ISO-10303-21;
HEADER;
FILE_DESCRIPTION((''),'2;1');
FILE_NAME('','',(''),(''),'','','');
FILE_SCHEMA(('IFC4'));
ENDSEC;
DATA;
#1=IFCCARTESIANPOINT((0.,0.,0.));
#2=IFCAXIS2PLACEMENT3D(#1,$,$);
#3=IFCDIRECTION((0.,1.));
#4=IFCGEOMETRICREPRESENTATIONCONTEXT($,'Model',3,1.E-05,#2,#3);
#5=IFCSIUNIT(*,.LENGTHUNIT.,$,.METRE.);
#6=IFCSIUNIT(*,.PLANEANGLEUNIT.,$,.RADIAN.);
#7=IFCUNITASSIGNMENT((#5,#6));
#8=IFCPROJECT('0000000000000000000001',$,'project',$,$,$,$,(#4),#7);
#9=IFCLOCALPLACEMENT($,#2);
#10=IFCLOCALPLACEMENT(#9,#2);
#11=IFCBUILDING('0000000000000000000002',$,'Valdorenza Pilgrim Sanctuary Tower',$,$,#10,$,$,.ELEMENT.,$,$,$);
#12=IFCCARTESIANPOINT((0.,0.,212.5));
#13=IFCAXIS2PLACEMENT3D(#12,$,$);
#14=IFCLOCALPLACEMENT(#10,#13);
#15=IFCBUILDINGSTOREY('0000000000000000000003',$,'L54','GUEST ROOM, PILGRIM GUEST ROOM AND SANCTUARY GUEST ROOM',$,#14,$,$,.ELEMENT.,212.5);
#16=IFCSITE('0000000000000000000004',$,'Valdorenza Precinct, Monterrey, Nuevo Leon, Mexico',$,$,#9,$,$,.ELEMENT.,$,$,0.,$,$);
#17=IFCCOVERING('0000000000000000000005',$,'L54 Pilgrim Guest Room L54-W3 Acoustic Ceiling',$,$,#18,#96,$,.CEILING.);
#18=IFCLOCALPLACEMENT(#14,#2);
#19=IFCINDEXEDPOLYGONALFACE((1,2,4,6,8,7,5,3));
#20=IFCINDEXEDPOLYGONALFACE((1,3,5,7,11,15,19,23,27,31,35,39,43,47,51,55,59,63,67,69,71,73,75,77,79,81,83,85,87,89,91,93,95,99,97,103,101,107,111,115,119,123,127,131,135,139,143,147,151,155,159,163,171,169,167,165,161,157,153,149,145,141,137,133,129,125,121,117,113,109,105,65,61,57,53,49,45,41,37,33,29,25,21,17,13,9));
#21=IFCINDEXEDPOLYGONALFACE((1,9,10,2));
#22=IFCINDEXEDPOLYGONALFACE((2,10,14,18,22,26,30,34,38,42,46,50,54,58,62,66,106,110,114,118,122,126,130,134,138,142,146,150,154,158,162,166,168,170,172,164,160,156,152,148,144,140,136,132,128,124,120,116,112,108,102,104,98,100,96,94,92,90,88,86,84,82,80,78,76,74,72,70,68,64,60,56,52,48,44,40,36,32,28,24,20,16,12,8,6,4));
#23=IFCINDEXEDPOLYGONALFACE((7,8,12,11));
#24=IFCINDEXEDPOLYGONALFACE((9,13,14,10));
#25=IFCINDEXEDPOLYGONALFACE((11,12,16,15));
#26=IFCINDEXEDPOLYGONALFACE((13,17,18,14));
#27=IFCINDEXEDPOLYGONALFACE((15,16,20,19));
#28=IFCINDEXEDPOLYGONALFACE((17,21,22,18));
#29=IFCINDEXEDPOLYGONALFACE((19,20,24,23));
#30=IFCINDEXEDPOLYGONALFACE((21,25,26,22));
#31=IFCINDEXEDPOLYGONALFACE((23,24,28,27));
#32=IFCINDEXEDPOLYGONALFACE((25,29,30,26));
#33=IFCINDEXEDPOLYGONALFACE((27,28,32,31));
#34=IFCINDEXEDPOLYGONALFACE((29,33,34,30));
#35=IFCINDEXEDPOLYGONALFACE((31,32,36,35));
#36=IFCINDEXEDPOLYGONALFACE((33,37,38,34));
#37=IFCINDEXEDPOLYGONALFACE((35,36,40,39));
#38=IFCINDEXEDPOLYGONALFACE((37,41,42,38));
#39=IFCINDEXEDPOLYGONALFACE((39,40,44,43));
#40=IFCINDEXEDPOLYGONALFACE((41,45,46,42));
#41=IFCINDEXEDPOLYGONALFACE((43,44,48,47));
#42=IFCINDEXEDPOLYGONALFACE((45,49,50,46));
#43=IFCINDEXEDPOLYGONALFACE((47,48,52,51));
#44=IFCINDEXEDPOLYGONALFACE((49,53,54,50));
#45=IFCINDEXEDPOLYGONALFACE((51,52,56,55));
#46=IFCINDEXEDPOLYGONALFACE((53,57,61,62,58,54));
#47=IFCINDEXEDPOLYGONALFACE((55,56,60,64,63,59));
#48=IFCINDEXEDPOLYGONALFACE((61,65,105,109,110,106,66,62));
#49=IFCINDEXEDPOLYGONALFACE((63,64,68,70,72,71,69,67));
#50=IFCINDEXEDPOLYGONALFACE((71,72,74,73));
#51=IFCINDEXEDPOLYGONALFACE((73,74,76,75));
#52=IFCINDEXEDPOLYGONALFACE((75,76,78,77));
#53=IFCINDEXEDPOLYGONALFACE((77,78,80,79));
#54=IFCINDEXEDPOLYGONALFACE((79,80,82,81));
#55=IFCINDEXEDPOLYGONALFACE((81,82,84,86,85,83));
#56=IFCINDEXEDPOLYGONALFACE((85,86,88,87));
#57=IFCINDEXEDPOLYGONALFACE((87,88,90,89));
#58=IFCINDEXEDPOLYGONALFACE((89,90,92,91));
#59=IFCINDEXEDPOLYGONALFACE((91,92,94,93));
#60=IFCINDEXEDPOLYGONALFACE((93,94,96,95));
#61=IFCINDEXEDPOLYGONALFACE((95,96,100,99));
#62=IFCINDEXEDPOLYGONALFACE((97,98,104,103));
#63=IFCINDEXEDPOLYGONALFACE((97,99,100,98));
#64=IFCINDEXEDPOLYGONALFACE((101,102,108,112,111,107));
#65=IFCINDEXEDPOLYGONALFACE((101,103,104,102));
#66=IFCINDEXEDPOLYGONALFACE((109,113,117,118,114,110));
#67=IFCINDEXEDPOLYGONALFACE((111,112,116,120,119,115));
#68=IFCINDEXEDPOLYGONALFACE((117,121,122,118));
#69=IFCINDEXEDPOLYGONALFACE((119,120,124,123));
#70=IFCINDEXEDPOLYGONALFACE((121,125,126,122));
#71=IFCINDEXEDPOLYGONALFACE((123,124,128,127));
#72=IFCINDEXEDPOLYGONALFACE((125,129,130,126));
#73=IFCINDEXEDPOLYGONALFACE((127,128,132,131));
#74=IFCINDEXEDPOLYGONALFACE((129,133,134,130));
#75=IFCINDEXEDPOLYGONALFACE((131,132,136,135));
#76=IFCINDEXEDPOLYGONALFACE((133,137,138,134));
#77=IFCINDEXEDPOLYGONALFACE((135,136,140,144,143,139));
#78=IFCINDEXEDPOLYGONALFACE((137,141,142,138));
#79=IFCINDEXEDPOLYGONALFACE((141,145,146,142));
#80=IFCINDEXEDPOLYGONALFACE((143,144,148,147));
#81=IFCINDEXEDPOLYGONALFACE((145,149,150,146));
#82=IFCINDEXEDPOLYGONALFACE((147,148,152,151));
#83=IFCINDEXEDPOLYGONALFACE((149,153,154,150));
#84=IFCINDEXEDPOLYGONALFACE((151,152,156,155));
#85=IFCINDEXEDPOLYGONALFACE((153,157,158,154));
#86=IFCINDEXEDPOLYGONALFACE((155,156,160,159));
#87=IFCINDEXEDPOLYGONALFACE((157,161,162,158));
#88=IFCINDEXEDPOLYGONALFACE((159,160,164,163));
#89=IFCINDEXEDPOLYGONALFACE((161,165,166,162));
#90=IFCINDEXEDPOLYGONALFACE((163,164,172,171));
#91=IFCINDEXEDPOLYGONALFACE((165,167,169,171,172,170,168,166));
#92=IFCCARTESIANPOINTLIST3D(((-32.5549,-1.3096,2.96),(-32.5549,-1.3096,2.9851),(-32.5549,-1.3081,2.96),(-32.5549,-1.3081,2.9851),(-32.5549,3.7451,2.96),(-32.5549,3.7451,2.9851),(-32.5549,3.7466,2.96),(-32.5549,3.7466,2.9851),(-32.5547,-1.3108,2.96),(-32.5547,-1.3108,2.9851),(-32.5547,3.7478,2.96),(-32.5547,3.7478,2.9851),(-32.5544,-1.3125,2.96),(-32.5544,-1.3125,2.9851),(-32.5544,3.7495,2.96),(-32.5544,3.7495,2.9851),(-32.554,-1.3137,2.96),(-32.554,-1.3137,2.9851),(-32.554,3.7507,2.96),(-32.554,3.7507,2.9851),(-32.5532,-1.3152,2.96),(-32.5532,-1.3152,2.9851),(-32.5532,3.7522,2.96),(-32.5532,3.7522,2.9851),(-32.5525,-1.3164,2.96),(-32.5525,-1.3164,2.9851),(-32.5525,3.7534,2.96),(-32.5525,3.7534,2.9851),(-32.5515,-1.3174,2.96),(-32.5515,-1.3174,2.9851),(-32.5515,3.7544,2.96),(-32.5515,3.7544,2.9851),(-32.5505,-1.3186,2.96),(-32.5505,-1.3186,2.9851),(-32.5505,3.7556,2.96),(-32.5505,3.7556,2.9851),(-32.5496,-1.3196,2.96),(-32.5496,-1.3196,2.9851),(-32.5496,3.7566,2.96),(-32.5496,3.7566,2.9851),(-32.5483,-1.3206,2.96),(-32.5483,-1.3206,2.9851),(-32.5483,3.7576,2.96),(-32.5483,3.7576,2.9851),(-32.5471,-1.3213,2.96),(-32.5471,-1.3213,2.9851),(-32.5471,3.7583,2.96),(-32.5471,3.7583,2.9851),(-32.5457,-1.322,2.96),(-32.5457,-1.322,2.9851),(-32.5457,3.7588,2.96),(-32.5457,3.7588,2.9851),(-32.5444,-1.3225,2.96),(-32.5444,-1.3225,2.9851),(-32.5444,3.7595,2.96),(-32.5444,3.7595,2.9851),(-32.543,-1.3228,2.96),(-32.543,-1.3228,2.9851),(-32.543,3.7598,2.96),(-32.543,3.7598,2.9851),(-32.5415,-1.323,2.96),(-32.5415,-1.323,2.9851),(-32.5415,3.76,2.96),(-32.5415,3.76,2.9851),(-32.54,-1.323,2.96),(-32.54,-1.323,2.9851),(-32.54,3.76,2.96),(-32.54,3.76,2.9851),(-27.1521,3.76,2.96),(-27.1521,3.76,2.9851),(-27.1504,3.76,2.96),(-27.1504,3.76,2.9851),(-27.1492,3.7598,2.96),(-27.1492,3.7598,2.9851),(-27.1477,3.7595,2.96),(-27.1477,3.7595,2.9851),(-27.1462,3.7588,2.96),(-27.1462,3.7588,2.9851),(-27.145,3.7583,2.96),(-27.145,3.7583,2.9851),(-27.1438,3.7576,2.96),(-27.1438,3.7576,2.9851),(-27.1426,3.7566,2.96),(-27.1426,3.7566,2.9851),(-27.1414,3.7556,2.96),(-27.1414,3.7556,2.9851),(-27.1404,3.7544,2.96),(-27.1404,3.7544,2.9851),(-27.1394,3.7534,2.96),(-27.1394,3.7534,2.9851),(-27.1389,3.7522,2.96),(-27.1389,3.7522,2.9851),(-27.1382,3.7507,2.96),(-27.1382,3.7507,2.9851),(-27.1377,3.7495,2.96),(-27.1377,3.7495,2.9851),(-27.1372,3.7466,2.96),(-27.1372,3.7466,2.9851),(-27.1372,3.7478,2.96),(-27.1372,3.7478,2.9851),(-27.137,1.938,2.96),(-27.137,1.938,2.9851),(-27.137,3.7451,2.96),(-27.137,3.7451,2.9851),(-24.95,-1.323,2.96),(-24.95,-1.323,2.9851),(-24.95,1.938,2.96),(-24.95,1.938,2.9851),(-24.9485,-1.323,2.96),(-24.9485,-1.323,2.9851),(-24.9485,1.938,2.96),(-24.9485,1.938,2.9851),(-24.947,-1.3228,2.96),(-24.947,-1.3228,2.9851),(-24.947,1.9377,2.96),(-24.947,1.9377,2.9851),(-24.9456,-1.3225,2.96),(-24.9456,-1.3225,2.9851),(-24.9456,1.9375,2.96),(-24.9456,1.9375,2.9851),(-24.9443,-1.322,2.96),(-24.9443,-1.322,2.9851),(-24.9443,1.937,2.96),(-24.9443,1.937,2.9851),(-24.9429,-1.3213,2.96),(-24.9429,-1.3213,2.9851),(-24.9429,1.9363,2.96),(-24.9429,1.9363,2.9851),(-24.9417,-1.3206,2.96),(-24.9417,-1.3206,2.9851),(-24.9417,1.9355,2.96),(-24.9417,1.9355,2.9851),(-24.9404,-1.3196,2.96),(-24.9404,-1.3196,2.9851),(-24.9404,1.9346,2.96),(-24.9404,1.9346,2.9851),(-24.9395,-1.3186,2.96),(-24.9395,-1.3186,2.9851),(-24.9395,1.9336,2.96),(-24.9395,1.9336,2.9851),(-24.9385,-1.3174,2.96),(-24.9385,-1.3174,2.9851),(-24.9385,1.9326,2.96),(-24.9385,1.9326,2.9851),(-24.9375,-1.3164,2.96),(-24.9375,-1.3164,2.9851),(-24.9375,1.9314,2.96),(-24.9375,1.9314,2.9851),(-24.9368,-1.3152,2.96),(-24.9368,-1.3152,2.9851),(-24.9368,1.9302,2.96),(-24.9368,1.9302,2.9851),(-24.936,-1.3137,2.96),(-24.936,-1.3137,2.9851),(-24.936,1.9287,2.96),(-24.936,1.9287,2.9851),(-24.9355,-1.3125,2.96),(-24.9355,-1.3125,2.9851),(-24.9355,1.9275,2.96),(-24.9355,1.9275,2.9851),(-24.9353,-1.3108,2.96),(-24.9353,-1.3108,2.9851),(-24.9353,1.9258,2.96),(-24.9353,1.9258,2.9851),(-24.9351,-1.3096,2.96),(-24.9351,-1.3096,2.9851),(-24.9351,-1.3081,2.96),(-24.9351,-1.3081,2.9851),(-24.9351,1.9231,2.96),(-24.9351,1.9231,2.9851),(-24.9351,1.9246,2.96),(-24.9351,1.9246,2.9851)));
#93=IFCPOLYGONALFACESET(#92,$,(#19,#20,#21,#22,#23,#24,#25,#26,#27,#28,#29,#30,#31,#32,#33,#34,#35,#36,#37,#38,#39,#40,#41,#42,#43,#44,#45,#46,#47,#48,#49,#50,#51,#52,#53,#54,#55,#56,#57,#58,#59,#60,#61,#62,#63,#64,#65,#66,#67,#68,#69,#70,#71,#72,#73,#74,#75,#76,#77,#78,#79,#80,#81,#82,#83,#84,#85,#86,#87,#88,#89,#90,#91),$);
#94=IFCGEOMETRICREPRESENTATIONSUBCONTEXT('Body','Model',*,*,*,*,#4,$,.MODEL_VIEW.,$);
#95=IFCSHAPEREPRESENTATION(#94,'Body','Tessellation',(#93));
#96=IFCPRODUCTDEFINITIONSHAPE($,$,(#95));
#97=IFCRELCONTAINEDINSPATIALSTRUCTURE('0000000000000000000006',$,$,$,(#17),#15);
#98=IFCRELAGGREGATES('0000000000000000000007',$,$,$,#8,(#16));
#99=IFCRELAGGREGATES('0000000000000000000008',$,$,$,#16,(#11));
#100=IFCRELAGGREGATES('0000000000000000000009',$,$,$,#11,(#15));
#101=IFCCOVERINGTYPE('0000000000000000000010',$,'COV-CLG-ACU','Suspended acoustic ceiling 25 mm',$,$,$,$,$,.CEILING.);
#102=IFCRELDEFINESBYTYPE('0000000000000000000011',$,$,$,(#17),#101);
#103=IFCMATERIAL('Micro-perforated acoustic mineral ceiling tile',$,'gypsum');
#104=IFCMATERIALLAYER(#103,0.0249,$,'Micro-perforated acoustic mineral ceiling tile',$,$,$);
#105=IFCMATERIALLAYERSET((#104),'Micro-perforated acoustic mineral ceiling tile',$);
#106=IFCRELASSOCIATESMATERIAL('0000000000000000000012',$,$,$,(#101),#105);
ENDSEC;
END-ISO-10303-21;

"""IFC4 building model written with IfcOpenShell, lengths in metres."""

from ifc_helpers import new_model, si_unit, direction, frame, origin, place, context, subcontext, project, spatial, polyline, outline, extrude, material, layer, layer_set, type_object, element, save


model = new_model("IFC4")

# Units and contexts
model_context = context("Model", 3, precision=1e-05, world=origin(), true_north=direction((0.0, 1.0)))
body_context = subcontext(model_context, "Body", "Model", "MODEL_VIEW")
ifc_project = project(units=[si_unit("LENGTHUNIT", "METRE"), si_unit("PLANEANGLEUNIT", "RADIAN")], contexts=[model_context])

# Site, building, storey
site_placement = place(None, origin())
site = spatial("IfcSite", under=ifc_project, at=site_placement, Name="Valdorenza Precinct, Monterrey, Nuevo Leon, Mexico", CompositionType="ELEMENT", RefElevation=0.0)
building_placement = place(site_placement, origin())
building = spatial("IfcBuilding", under=site, at=building_placement, Name="Valdorenza Pilgrim Sanctuary Tower", CompositionType="ELEMENT")
storey_placement = place(building_placement, frame((0.0, 0.0, 212.5)))
storey = spatial("IfcBuildingStorey", under=building, at=storey_placement, Name="L54", Description="GUEST ROOM, PILGRIM GUEST ROOM AND SANCTUARY GUEST ROOM", CompositionType="ELEMENT", Elevation=212.5)

# Covering
ifc_material_1 = material(Name="Micro-perforated acoustic mineral ceiling tile", Category="gypsum")
ifc_layer_1 = layer(ifc_material_1, 0.0249, Name="Micro-perforated acoustic mineral ceiling tile")
ifc_layer_set_1 = layer_set([ifc_layer_1], Name="Micro-perforated acoustic mineral ceiling tile")
covering_type_1 = type_object("IfcCoveringType", Name="COV-CLG-ACU", Description="Suspended acoustic ceiling 25 mm", PredefinedType="CEILING", material=ifc_layer_set_1)
covering_1_placement = place(storey_placement, frame((0.0, 0.0, 2.96)))
element("IfcCovering", 1, at=covering_1_placement, inside=storey, type_object=covering_type_1, Name="L54 Pilgrim Guest Room L54-W3 Acoustic Ceiling", PredefinedType="CEILING", context=body_context, shape_type="SweptSolid", body=[
    extrude(outline(polyline([(-32.5549, 3.7451), (-32.5549, 3.7466), (-32.5547, 3.7478), (-32.5544, 3.7495), (-32.554, 3.7507), (-32.5532, 3.7522), (-32.5525, 3.7534), (-32.5515, 3.7544), (-32.5505, 3.7556), (-32.5496, 3.7566), (-32.5483, 3.7576), (-32.5471, 3.7583), (-32.5457, 3.7588), (-32.5444, 3.7595), (-32.543, 3.7598), (-32.5415, 3.76), (-32.54, 3.76), (-27.1521, 3.76), (-27.1504, 3.76), (-27.1492, 3.7598), (-27.1477, 3.7595), (-27.1462, 3.7588), (-27.145, 3.7583), (-27.1438, 3.7576), (-27.1426, 3.7566), (-27.1414, 3.7556), (-27.1404, 3.7544), (-27.1394, 3.7534), (-27.1389, 3.7522), (-27.1382, 3.7507), (-27.1377, 3.7495), (-27.1372, 3.7478), (-27.1372, 3.7466), (-27.137, 3.7451), (-27.137, 1.938), (-24.95, 1.938), (-24.9485, 1.938), (-24.947, 1.9377), (-24.9456, 1.9375), (-24.9443, 1.937), (-24.9429, 1.9363), (-24.9417, 1.9355), (-24.9404, 1.9346), (-24.9395, 1.9336), (-24.9385, 1.9326), (-24.9375, 1.9314), (-24.9368, 1.9302), (-24.936, 1.9287), (-24.9355, 1.9275), (-24.9353, 1.9258), (-24.9351, 1.9246), (-24.9351, 1.9231), (-24.9351, -1.3081), (-24.9351, -1.3096), (-24.9353, -1.3108), (-24.9355, -1.3125), (-24.936, -1.3137), (-24.9368, -1.3152), (-24.9375, -1.3164), (-24.9385, -1.3174), (-24.9395, -1.3186), (-24.9404, -1.3196), (-24.9417, -1.3206), (-24.9429, -1.3213), (-24.9443, -1.322), (-24.9456, -1.3225), (-24.947, -1.3228), (-24.9485, -1.323), (-24.95, -1.323), (-32.54, -1.323), (-32.5415, -1.323), (-32.543, -1.3228), (-32.5444, -1.3225), (-32.5457, -1.322), (-32.5471, -1.3213), (-32.5483, -1.3206), (-32.5496, -1.3196), (-32.5505, -1.3186), (-32.5515, -1.3174), (-32.5525, -1.3164), (-32.5532, -1.3152), (-32.554, -1.3137), (-32.5544, -1.3125), (-32.5547, -1.3108), (-32.5549, -1.3096), (-32.5549, -1.3081), (-32.5549, 3.7451)])), origin(), (0.0, 0.0, 1.0), 0.0251),
])

save(model, "model.ifc")
